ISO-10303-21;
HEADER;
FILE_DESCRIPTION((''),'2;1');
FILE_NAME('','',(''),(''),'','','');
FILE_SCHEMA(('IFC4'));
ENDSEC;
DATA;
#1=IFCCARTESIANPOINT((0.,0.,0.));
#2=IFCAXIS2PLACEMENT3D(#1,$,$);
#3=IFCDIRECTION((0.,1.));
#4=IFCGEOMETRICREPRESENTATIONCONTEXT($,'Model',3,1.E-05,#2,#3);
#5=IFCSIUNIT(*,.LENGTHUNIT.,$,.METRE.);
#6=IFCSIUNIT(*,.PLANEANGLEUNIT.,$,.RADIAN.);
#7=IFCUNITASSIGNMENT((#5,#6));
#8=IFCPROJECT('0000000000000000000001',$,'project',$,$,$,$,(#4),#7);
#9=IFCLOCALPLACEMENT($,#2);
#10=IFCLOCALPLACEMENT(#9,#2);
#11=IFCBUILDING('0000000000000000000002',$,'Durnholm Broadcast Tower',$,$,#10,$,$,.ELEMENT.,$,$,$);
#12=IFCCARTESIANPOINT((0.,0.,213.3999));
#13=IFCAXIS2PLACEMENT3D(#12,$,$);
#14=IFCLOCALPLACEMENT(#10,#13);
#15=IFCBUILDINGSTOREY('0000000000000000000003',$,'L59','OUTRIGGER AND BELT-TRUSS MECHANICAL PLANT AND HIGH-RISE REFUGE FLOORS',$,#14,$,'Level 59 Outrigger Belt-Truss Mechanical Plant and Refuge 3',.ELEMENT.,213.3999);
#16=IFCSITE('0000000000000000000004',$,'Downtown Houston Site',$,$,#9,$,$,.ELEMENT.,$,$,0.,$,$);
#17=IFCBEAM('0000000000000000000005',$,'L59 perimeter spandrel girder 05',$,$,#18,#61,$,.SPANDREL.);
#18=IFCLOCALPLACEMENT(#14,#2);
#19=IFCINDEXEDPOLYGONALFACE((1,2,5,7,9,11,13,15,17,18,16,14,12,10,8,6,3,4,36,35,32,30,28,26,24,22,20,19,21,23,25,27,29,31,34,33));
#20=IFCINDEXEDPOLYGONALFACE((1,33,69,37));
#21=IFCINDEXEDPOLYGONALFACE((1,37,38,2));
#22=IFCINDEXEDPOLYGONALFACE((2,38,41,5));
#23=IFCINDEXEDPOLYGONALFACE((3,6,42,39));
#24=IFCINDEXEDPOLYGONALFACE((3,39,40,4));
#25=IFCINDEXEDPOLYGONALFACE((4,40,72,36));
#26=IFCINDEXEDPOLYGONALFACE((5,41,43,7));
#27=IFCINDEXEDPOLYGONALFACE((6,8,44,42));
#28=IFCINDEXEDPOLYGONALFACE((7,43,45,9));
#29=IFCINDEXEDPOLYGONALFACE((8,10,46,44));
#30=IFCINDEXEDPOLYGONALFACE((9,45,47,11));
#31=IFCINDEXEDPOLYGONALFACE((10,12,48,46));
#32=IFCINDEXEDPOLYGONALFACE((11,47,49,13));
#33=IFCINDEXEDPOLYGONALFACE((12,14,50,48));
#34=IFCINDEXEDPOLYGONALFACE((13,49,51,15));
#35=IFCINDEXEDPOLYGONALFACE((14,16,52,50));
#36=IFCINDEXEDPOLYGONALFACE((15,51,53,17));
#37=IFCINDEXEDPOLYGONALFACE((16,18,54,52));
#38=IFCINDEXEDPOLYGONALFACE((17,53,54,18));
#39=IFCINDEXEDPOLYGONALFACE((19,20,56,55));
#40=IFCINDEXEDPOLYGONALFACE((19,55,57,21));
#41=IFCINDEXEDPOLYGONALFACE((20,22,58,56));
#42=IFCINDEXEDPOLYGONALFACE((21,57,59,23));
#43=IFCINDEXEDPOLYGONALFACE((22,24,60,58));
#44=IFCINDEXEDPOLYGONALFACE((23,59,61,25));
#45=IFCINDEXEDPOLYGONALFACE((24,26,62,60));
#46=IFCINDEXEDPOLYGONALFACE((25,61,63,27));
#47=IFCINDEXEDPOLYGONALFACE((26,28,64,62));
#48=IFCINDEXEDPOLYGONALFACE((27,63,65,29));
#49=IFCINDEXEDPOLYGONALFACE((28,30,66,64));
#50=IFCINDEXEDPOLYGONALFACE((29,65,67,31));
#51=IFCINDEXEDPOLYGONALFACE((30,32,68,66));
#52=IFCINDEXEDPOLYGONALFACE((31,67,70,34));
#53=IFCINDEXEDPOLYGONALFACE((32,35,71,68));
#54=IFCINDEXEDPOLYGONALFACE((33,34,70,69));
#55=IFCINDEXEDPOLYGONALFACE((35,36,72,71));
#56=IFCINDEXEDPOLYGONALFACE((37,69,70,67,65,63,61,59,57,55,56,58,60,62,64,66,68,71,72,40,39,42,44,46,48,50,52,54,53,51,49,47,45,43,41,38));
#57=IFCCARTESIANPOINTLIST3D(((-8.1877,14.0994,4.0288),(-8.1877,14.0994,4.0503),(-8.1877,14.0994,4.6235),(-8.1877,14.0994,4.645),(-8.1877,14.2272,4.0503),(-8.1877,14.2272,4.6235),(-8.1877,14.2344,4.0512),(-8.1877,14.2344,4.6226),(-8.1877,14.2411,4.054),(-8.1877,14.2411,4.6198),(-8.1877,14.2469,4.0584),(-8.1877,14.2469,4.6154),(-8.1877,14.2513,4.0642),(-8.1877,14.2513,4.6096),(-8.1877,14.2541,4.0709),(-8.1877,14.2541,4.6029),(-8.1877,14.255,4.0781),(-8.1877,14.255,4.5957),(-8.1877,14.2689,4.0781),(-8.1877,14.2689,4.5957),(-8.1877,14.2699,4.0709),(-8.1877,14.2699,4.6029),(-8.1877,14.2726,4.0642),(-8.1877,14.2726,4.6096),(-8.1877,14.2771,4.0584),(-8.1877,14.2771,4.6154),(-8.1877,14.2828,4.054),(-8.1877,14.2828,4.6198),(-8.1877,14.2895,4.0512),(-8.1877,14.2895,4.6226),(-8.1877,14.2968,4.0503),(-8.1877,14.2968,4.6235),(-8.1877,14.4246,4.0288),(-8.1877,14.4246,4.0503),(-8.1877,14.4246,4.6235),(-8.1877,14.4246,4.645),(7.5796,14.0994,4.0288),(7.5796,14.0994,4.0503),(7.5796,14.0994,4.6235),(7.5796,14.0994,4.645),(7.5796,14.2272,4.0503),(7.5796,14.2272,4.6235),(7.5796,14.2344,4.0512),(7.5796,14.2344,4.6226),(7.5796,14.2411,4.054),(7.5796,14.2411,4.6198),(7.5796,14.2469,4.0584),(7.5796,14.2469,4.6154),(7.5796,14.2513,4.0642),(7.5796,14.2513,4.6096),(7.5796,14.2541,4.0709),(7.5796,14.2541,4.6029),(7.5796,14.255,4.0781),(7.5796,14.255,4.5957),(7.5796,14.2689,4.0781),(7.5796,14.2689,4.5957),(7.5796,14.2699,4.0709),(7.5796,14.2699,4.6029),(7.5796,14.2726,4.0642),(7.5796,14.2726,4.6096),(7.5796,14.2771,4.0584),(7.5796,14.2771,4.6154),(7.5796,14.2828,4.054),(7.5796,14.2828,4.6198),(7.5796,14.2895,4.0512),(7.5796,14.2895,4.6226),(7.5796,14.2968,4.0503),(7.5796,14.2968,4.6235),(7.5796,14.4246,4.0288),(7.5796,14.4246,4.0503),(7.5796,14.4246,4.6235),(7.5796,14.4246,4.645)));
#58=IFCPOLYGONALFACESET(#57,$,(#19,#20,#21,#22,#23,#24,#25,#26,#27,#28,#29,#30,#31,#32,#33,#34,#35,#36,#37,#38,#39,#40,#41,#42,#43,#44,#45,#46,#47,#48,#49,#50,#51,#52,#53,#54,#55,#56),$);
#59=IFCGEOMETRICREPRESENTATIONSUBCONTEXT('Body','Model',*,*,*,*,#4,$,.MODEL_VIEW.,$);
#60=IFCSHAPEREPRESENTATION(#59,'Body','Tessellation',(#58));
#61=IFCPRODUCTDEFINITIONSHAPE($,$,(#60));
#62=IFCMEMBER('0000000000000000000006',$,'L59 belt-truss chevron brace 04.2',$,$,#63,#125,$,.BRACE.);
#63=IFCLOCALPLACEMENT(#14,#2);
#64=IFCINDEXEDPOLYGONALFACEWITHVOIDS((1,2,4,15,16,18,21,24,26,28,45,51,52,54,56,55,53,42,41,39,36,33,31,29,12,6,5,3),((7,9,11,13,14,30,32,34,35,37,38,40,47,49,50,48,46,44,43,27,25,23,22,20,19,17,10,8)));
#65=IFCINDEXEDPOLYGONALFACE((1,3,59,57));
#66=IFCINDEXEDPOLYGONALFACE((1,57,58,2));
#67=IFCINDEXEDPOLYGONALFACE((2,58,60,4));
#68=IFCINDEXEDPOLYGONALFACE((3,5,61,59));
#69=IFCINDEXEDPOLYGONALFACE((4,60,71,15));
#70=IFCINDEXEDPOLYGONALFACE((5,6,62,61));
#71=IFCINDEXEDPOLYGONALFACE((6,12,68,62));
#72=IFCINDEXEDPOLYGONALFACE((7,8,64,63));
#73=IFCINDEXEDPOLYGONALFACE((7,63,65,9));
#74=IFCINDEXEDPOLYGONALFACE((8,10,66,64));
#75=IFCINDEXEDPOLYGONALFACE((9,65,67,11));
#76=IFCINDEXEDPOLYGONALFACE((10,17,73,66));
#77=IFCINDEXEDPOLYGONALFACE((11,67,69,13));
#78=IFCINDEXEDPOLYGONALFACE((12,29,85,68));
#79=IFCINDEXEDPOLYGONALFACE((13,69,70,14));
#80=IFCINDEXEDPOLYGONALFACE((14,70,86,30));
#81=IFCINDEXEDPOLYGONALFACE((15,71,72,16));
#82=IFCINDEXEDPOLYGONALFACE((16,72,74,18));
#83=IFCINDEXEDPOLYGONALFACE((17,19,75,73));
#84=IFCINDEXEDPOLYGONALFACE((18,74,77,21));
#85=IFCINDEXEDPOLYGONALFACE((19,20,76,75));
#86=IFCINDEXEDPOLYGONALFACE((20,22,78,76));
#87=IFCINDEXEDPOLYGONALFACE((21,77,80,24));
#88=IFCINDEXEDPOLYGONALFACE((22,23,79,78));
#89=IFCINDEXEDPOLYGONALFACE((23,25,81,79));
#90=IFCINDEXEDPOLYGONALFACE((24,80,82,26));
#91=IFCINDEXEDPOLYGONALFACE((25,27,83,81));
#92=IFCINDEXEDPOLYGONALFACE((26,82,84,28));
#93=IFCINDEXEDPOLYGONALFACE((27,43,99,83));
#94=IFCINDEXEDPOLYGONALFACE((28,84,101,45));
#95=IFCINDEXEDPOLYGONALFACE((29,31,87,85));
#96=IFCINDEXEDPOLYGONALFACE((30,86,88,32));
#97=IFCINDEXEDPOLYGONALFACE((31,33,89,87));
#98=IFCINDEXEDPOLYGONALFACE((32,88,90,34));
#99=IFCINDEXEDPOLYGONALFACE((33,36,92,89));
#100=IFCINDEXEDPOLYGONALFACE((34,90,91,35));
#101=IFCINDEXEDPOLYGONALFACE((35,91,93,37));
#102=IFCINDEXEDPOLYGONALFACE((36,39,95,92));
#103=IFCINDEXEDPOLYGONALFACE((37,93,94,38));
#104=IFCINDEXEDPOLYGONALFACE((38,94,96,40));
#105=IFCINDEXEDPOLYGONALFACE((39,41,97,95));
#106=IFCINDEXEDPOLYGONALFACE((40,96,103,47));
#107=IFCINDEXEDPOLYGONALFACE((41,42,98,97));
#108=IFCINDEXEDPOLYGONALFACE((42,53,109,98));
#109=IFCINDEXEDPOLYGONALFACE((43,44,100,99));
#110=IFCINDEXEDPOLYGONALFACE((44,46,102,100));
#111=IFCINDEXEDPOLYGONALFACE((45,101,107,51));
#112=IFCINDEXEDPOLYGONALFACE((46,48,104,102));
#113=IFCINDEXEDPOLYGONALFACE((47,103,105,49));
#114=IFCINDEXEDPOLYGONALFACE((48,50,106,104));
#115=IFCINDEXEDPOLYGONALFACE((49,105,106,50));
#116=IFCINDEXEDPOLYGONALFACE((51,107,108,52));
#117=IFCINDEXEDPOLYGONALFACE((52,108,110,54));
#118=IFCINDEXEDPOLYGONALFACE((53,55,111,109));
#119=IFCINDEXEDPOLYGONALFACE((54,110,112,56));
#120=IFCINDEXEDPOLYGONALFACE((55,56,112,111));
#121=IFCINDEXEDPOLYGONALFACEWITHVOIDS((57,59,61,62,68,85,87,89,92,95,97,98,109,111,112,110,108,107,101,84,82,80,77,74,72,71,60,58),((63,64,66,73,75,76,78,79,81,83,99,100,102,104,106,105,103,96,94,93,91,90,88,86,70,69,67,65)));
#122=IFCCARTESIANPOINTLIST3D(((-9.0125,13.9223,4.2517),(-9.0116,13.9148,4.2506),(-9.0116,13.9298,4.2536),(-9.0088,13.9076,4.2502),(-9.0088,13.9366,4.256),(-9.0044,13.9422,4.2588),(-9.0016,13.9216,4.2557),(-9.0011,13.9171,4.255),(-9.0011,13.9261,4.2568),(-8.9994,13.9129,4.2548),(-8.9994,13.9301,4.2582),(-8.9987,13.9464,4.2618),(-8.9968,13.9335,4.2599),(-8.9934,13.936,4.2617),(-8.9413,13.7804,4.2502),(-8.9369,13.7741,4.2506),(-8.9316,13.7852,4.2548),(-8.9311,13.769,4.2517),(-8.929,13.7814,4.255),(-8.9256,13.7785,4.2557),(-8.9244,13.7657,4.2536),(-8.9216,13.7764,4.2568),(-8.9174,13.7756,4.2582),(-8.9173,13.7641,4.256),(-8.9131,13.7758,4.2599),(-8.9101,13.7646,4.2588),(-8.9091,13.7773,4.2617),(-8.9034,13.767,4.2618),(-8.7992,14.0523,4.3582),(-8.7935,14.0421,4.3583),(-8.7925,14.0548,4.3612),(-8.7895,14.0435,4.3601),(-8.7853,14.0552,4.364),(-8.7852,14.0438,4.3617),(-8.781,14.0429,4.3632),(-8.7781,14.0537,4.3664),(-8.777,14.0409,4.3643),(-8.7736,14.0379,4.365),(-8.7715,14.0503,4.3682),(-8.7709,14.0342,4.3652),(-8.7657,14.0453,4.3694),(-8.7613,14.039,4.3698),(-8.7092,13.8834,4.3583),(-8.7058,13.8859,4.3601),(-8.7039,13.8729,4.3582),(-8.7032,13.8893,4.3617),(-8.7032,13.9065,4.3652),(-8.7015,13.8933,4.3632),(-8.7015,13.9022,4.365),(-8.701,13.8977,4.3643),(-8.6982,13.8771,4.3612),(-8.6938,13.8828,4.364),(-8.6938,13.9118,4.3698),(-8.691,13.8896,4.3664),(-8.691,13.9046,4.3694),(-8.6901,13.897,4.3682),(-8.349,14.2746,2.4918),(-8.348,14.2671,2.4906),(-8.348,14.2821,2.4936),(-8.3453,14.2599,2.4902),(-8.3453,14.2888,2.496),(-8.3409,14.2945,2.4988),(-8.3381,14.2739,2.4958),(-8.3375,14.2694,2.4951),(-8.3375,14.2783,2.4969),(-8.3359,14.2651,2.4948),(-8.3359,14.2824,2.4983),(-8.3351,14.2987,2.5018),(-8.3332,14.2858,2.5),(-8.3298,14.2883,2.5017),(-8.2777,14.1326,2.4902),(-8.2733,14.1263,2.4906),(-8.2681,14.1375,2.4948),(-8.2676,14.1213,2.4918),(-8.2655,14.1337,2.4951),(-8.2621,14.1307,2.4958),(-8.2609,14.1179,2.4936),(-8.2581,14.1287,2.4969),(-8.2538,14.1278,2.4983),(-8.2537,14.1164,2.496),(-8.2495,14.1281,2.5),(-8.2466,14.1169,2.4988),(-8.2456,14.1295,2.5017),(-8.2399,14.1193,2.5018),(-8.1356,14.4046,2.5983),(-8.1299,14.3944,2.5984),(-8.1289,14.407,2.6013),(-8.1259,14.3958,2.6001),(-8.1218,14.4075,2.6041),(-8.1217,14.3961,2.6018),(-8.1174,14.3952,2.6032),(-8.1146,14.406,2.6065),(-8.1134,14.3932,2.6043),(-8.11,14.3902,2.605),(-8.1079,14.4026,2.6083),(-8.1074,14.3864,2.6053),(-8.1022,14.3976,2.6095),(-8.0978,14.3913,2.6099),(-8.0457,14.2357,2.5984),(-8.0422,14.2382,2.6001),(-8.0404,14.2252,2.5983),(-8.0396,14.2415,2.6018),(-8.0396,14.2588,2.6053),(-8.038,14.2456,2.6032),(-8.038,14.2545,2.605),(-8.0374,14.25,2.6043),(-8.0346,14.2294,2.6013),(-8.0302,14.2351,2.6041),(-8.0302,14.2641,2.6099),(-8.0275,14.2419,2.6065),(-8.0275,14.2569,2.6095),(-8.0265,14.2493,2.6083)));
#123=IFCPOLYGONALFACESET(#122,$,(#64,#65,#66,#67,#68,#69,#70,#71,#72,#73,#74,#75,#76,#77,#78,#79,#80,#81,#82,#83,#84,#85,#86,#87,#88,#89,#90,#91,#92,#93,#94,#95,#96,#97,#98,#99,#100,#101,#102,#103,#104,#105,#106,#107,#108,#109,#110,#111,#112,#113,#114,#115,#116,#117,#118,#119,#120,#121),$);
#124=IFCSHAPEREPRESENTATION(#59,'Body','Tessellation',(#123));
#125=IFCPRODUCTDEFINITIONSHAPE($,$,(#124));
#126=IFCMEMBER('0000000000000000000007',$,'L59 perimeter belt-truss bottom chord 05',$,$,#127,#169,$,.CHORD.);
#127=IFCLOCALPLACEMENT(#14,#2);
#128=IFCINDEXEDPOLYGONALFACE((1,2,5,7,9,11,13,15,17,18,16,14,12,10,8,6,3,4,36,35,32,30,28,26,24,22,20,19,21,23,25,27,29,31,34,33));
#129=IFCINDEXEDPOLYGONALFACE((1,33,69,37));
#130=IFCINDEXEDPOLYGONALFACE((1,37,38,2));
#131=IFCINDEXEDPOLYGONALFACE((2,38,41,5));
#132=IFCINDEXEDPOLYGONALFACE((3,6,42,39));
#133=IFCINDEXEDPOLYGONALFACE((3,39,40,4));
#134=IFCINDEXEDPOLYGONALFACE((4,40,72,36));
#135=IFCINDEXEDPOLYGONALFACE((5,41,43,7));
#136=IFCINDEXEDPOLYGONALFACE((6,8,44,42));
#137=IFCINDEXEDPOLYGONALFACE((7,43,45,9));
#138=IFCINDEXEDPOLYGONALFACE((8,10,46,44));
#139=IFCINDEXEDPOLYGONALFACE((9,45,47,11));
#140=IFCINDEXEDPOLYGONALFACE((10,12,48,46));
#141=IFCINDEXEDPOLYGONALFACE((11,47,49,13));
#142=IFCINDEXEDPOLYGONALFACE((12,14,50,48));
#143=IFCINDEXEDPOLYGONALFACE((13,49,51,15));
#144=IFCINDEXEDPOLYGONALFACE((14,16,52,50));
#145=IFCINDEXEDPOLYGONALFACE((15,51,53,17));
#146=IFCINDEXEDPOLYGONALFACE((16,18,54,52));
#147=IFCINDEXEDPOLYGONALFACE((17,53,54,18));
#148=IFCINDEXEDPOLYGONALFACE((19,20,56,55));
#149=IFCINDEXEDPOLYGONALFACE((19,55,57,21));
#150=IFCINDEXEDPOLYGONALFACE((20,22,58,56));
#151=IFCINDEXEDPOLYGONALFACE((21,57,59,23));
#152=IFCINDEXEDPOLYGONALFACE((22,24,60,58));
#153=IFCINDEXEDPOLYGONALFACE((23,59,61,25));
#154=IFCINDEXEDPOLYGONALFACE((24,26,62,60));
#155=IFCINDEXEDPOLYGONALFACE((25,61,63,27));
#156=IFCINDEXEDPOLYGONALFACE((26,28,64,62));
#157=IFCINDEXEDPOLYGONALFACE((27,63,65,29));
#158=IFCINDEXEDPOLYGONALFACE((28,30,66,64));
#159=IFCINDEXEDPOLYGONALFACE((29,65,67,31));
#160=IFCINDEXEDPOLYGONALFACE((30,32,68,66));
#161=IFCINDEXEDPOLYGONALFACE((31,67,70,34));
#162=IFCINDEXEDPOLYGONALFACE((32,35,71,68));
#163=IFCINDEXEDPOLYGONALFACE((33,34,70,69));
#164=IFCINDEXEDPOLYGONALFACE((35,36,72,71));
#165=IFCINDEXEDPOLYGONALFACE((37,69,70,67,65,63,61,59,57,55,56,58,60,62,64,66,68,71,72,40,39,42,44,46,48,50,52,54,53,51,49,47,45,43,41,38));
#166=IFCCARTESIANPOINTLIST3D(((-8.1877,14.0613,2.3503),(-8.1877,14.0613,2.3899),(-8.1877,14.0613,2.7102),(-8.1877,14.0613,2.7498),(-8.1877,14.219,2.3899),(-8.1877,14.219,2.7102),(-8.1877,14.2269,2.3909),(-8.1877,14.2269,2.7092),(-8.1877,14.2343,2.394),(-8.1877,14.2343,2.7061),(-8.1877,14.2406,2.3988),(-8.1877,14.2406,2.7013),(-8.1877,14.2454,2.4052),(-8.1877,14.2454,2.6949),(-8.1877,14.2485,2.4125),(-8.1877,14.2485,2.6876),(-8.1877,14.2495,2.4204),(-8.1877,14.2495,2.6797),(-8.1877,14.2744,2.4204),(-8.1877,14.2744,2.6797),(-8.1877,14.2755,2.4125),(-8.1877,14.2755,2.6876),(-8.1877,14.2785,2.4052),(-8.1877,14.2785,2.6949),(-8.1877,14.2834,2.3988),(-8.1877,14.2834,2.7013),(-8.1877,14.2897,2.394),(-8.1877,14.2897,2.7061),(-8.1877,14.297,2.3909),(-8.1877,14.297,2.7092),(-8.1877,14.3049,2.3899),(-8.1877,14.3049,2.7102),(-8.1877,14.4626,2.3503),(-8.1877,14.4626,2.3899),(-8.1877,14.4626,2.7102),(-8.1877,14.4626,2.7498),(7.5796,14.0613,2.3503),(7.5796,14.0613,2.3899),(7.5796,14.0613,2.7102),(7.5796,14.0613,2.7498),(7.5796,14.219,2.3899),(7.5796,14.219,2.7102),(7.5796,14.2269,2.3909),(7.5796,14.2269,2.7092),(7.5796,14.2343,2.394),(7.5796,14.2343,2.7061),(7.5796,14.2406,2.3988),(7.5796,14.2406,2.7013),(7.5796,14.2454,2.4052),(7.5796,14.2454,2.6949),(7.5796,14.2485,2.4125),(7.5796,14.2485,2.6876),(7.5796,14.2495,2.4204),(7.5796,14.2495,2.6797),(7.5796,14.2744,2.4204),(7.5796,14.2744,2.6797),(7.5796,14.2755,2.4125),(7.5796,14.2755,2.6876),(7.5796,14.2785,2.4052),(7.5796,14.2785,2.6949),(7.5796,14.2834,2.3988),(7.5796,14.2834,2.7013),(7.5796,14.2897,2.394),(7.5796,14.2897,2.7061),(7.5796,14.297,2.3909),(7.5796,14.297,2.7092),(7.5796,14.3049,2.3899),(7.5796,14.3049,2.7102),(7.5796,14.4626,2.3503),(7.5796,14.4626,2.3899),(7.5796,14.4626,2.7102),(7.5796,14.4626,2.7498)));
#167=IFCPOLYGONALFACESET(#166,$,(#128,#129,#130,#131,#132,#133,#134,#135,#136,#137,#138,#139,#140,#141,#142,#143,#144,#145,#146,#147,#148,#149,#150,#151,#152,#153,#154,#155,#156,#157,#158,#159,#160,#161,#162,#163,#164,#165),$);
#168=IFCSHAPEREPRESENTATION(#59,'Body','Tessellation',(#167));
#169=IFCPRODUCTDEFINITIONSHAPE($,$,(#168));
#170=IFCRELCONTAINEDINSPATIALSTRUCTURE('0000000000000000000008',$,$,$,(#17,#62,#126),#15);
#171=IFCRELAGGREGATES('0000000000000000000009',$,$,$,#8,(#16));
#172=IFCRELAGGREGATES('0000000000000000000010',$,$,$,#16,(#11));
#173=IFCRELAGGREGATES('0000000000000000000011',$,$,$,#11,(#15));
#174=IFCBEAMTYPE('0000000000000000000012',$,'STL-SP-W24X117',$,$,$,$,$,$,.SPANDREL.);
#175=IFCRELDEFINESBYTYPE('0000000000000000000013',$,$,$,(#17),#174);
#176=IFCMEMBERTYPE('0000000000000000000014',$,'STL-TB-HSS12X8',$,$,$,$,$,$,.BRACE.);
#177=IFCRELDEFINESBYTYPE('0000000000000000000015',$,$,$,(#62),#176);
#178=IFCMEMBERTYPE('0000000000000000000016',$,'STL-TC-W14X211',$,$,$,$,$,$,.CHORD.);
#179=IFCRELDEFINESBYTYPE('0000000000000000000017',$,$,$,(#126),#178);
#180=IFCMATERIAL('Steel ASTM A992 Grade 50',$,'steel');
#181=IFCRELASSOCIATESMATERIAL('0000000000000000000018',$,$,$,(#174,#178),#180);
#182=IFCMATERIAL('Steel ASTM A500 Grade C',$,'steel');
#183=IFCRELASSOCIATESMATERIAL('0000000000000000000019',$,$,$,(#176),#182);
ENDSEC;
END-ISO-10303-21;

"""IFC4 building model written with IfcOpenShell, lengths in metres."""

from ifc_helpers import new_model, si_unit, direction, frame, origin, origin_2d, place, context, subcontext, project, spatial, hollow_rectangle, i_section, extrude, source, transform, mapped, material, material_profile, profile_set, type_object, type_shapes, element, save


model = new_model("IFC4")

# Units and contexts
model_context = context("Model", 3, precision=1e-05, world=origin(), true_north=direction((0.0, 1.0)))
body_context = subcontext(model_context, "Body", "Model", "MODEL_VIEW")
ifc_project = project(units=[si_unit("LENGTHUNIT", "METRE"), si_unit("PLANEANGLEUNIT", "RADIAN")], contexts=[model_context])

# Site, building, storey
site_placement = place(None, origin())
site = spatial("IfcSite", under=ifc_project, at=site_placement, Name="Downtown Houston Site", CompositionType="ELEMENT", RefElevation=0.0)
building_placement = place(site_placement, origin())
building = spatial("IfcBuilding", under=site, at=building_placement, Name="Durnholm Broadcast Tower", CompositionType="ELEMENT")
storey_placement = place(building_placement, frame((0.0, 0.0, 213.3999)))
storey = spatial("IfcBuildingStorey", under=building, at=storey_placement, Name="L59", Description="OUTRIGGER AND BELT-TRUSS MECHANICAL PLANT AND HIGH-RISE REFUGE FLOORS", LongName="Level 59 Outrigger Belt-Truss Mechanical Plant and Refuge 3", CompositionType="ELEMENT", Elevation=213.3999)

# Beam
ifc_material_1 = material(Name="Steel ASTM A992 Grade 50", Category="steel")
ifc_material_profile_1 = material_profile(ifc_material_1, i_section(OverallWidth=0.3252, OverallDepth=0.6162, WebThickness=0.0139, FlangeThickness=0.0215, FilletRadius=0.0278, at=origin_2d()), Name="W24X117")
ifc_profile_set_1 = profile_set([ifc_material_profile_1], Name="Steel ASTM A992 Grade 50")
beam_type_1 = type_object("IfcBeamType", Name="STL-SP-W24X117", PredefinedType="SPANDREL", material=ifc_profile_set_1)
shared_shape_1 = source(origin(), body_context, "Body", "SweptSolid", [
    extrude(i_section(OverallWidth=0.3252, OverallDepth=0.6162, WebThickness=0.0139, FlangeThickness=0.0215, FilletRadius=0.0278, at=origin_2d()), origin(), (0.0, 0.0, 1.0), 15.7673),
])
type_shapes(beam_type_1, [shared_shape_1])
beam_1_placement = place(storey_placement, frame((-8.1877, 14.262, 4.3369), z_axis=(1.0, 0.0, 0.0), x_axis=(0.0, 1.0, 0.0)))
element("IfcBeam", 1, at=beam_1_placement, inside=storey, type_object=beam_type_1, Name="L59 perimeter spandrel girder 05", PredefinedType="SPANDREL", context=body_context, shape_type="MappedRepresentation", body=[
    mapped(shared_shape_1, transform((0.0, 0.0, 0.0), x_axis=(1.0, 0.0, 0.0), y_axis=(0.0, 1.0, 0.0), z_axis=(0.0, 0.0, 1.0), scale=1.0)),
])

# Members
ifc_material_2 = material(Name="Steel ASTM A500 Grade C", Category="steel")
ifc_material_profile_2 = material_profile(ifc_material_2, hollow_rectangle(XDim=0.2031, YDim=0.3047, WallThickness=0.0117, InnerFilletRadius=0.0176, OuterFilletRadius=0.0295, at=origin_2d()), Name="HSS12X8X1/2")
ifc_profile_set_2 = profile_set([ifc_material_profile_2], Name="Steel ASTM A500 Grade C")
member_type_1 = type_object("IfcMemberType", Name="STL-TB-HSS12X8", PredefinedType="BRACE", material=ifc_profile_set_2)
shared_shape_2 = source(origin(), body_context, "Body", "SweptSolid", [
    extrude(hollow_rectangle(XDim=0.2031, YDim=0.3047, WallThickness=0.0117, InnerFilletRadius=0.0176, OuterFilletRadius=0.0295, at=origin_2d()), origin(), (0.0, 0.0, 1.0), 1.9136),
])
type_shapes(member_type_1, [shared_shape_2])
member_1_placement = place(storey_placement, frame((-8.1877, 14.262, 2.55), z_axis=(-0.346757, -0.184095, 0.919711), x_axis=(0.468918, -0.883242, 0.0)))
element("IfcMember", 2, at=member_1_placement, inside=storey, type_object=member_type_1, Name="L59 belt-truss chevron brace 04.2", PredefinedType="BRACE", context=body_context, shape_type="MappedRepresentation", body=[
    mapped(shared_shape_2, transform((0.0, 0.0, 0.0), x_axis=(1.0, 0.0, 0.0), y_axis=(0.0, 1.0, 0.0), z_axis=(0.0, 0.0, 1.0), scale=1.0)),
])
ifc_material_profile_3 = material_profile(ifc_material_1, i_section(OverallWidth=0.4014, OverallDepth=0.3994, WebThickness=0.0249, FlangeThickness=0.0396, FilletRadius=0.0305, at=origin_2d()), Name="W14X211")
ifc_profile_set_3 = profile_set([ifc_material_profile_3], Name="Steel ASTM A992 Grade 50")
member_type_2 = type_object("IfcMemberType", Name="STL-TC-W14X211", PredefinedType="CHORD", material=ifc_profile_set_3)
shared_shape_3 = source(origin(), body_context, "Body", "SweptSolid", [
    extrude(i_section(OverallWidth=0.4014, OverallDepth=0.3994, WebThickness=0.0249, FlangeThickness=0.0396, FilletRadius=0.0305, at=origin_2d()), origin(), (0.0, 0.0, 1.0), 15.7673),
])
type_shapes(member_type_2, [shared_shape_3])
member_2_placement = place(storey_placement, frame((-8.1877, 14.262, 2.55), z_axis=(1.0, 0.0, 0.0), x_axis=(0.0, 1.0, 0.0)))
element("IfcMember", 3, at=member_2_placement, inside=storey, type_object=member_type_2, Name="L59 perimeter belt-truss bottom chord 05", PredefinedType="CHORD", context=body_context, shape_type="MappedRepresentation", body=[
    mapped(shared_shape_3, transform((0.0, 0.0, 0.0), x_axis=(1.0, 0.0, 0.0), y_axis=(0.0, 1.0, 0.0), z_axis=(0.0, 0.0, 1.0), scale=1.0)),
])

save(model, "model.ifc")
